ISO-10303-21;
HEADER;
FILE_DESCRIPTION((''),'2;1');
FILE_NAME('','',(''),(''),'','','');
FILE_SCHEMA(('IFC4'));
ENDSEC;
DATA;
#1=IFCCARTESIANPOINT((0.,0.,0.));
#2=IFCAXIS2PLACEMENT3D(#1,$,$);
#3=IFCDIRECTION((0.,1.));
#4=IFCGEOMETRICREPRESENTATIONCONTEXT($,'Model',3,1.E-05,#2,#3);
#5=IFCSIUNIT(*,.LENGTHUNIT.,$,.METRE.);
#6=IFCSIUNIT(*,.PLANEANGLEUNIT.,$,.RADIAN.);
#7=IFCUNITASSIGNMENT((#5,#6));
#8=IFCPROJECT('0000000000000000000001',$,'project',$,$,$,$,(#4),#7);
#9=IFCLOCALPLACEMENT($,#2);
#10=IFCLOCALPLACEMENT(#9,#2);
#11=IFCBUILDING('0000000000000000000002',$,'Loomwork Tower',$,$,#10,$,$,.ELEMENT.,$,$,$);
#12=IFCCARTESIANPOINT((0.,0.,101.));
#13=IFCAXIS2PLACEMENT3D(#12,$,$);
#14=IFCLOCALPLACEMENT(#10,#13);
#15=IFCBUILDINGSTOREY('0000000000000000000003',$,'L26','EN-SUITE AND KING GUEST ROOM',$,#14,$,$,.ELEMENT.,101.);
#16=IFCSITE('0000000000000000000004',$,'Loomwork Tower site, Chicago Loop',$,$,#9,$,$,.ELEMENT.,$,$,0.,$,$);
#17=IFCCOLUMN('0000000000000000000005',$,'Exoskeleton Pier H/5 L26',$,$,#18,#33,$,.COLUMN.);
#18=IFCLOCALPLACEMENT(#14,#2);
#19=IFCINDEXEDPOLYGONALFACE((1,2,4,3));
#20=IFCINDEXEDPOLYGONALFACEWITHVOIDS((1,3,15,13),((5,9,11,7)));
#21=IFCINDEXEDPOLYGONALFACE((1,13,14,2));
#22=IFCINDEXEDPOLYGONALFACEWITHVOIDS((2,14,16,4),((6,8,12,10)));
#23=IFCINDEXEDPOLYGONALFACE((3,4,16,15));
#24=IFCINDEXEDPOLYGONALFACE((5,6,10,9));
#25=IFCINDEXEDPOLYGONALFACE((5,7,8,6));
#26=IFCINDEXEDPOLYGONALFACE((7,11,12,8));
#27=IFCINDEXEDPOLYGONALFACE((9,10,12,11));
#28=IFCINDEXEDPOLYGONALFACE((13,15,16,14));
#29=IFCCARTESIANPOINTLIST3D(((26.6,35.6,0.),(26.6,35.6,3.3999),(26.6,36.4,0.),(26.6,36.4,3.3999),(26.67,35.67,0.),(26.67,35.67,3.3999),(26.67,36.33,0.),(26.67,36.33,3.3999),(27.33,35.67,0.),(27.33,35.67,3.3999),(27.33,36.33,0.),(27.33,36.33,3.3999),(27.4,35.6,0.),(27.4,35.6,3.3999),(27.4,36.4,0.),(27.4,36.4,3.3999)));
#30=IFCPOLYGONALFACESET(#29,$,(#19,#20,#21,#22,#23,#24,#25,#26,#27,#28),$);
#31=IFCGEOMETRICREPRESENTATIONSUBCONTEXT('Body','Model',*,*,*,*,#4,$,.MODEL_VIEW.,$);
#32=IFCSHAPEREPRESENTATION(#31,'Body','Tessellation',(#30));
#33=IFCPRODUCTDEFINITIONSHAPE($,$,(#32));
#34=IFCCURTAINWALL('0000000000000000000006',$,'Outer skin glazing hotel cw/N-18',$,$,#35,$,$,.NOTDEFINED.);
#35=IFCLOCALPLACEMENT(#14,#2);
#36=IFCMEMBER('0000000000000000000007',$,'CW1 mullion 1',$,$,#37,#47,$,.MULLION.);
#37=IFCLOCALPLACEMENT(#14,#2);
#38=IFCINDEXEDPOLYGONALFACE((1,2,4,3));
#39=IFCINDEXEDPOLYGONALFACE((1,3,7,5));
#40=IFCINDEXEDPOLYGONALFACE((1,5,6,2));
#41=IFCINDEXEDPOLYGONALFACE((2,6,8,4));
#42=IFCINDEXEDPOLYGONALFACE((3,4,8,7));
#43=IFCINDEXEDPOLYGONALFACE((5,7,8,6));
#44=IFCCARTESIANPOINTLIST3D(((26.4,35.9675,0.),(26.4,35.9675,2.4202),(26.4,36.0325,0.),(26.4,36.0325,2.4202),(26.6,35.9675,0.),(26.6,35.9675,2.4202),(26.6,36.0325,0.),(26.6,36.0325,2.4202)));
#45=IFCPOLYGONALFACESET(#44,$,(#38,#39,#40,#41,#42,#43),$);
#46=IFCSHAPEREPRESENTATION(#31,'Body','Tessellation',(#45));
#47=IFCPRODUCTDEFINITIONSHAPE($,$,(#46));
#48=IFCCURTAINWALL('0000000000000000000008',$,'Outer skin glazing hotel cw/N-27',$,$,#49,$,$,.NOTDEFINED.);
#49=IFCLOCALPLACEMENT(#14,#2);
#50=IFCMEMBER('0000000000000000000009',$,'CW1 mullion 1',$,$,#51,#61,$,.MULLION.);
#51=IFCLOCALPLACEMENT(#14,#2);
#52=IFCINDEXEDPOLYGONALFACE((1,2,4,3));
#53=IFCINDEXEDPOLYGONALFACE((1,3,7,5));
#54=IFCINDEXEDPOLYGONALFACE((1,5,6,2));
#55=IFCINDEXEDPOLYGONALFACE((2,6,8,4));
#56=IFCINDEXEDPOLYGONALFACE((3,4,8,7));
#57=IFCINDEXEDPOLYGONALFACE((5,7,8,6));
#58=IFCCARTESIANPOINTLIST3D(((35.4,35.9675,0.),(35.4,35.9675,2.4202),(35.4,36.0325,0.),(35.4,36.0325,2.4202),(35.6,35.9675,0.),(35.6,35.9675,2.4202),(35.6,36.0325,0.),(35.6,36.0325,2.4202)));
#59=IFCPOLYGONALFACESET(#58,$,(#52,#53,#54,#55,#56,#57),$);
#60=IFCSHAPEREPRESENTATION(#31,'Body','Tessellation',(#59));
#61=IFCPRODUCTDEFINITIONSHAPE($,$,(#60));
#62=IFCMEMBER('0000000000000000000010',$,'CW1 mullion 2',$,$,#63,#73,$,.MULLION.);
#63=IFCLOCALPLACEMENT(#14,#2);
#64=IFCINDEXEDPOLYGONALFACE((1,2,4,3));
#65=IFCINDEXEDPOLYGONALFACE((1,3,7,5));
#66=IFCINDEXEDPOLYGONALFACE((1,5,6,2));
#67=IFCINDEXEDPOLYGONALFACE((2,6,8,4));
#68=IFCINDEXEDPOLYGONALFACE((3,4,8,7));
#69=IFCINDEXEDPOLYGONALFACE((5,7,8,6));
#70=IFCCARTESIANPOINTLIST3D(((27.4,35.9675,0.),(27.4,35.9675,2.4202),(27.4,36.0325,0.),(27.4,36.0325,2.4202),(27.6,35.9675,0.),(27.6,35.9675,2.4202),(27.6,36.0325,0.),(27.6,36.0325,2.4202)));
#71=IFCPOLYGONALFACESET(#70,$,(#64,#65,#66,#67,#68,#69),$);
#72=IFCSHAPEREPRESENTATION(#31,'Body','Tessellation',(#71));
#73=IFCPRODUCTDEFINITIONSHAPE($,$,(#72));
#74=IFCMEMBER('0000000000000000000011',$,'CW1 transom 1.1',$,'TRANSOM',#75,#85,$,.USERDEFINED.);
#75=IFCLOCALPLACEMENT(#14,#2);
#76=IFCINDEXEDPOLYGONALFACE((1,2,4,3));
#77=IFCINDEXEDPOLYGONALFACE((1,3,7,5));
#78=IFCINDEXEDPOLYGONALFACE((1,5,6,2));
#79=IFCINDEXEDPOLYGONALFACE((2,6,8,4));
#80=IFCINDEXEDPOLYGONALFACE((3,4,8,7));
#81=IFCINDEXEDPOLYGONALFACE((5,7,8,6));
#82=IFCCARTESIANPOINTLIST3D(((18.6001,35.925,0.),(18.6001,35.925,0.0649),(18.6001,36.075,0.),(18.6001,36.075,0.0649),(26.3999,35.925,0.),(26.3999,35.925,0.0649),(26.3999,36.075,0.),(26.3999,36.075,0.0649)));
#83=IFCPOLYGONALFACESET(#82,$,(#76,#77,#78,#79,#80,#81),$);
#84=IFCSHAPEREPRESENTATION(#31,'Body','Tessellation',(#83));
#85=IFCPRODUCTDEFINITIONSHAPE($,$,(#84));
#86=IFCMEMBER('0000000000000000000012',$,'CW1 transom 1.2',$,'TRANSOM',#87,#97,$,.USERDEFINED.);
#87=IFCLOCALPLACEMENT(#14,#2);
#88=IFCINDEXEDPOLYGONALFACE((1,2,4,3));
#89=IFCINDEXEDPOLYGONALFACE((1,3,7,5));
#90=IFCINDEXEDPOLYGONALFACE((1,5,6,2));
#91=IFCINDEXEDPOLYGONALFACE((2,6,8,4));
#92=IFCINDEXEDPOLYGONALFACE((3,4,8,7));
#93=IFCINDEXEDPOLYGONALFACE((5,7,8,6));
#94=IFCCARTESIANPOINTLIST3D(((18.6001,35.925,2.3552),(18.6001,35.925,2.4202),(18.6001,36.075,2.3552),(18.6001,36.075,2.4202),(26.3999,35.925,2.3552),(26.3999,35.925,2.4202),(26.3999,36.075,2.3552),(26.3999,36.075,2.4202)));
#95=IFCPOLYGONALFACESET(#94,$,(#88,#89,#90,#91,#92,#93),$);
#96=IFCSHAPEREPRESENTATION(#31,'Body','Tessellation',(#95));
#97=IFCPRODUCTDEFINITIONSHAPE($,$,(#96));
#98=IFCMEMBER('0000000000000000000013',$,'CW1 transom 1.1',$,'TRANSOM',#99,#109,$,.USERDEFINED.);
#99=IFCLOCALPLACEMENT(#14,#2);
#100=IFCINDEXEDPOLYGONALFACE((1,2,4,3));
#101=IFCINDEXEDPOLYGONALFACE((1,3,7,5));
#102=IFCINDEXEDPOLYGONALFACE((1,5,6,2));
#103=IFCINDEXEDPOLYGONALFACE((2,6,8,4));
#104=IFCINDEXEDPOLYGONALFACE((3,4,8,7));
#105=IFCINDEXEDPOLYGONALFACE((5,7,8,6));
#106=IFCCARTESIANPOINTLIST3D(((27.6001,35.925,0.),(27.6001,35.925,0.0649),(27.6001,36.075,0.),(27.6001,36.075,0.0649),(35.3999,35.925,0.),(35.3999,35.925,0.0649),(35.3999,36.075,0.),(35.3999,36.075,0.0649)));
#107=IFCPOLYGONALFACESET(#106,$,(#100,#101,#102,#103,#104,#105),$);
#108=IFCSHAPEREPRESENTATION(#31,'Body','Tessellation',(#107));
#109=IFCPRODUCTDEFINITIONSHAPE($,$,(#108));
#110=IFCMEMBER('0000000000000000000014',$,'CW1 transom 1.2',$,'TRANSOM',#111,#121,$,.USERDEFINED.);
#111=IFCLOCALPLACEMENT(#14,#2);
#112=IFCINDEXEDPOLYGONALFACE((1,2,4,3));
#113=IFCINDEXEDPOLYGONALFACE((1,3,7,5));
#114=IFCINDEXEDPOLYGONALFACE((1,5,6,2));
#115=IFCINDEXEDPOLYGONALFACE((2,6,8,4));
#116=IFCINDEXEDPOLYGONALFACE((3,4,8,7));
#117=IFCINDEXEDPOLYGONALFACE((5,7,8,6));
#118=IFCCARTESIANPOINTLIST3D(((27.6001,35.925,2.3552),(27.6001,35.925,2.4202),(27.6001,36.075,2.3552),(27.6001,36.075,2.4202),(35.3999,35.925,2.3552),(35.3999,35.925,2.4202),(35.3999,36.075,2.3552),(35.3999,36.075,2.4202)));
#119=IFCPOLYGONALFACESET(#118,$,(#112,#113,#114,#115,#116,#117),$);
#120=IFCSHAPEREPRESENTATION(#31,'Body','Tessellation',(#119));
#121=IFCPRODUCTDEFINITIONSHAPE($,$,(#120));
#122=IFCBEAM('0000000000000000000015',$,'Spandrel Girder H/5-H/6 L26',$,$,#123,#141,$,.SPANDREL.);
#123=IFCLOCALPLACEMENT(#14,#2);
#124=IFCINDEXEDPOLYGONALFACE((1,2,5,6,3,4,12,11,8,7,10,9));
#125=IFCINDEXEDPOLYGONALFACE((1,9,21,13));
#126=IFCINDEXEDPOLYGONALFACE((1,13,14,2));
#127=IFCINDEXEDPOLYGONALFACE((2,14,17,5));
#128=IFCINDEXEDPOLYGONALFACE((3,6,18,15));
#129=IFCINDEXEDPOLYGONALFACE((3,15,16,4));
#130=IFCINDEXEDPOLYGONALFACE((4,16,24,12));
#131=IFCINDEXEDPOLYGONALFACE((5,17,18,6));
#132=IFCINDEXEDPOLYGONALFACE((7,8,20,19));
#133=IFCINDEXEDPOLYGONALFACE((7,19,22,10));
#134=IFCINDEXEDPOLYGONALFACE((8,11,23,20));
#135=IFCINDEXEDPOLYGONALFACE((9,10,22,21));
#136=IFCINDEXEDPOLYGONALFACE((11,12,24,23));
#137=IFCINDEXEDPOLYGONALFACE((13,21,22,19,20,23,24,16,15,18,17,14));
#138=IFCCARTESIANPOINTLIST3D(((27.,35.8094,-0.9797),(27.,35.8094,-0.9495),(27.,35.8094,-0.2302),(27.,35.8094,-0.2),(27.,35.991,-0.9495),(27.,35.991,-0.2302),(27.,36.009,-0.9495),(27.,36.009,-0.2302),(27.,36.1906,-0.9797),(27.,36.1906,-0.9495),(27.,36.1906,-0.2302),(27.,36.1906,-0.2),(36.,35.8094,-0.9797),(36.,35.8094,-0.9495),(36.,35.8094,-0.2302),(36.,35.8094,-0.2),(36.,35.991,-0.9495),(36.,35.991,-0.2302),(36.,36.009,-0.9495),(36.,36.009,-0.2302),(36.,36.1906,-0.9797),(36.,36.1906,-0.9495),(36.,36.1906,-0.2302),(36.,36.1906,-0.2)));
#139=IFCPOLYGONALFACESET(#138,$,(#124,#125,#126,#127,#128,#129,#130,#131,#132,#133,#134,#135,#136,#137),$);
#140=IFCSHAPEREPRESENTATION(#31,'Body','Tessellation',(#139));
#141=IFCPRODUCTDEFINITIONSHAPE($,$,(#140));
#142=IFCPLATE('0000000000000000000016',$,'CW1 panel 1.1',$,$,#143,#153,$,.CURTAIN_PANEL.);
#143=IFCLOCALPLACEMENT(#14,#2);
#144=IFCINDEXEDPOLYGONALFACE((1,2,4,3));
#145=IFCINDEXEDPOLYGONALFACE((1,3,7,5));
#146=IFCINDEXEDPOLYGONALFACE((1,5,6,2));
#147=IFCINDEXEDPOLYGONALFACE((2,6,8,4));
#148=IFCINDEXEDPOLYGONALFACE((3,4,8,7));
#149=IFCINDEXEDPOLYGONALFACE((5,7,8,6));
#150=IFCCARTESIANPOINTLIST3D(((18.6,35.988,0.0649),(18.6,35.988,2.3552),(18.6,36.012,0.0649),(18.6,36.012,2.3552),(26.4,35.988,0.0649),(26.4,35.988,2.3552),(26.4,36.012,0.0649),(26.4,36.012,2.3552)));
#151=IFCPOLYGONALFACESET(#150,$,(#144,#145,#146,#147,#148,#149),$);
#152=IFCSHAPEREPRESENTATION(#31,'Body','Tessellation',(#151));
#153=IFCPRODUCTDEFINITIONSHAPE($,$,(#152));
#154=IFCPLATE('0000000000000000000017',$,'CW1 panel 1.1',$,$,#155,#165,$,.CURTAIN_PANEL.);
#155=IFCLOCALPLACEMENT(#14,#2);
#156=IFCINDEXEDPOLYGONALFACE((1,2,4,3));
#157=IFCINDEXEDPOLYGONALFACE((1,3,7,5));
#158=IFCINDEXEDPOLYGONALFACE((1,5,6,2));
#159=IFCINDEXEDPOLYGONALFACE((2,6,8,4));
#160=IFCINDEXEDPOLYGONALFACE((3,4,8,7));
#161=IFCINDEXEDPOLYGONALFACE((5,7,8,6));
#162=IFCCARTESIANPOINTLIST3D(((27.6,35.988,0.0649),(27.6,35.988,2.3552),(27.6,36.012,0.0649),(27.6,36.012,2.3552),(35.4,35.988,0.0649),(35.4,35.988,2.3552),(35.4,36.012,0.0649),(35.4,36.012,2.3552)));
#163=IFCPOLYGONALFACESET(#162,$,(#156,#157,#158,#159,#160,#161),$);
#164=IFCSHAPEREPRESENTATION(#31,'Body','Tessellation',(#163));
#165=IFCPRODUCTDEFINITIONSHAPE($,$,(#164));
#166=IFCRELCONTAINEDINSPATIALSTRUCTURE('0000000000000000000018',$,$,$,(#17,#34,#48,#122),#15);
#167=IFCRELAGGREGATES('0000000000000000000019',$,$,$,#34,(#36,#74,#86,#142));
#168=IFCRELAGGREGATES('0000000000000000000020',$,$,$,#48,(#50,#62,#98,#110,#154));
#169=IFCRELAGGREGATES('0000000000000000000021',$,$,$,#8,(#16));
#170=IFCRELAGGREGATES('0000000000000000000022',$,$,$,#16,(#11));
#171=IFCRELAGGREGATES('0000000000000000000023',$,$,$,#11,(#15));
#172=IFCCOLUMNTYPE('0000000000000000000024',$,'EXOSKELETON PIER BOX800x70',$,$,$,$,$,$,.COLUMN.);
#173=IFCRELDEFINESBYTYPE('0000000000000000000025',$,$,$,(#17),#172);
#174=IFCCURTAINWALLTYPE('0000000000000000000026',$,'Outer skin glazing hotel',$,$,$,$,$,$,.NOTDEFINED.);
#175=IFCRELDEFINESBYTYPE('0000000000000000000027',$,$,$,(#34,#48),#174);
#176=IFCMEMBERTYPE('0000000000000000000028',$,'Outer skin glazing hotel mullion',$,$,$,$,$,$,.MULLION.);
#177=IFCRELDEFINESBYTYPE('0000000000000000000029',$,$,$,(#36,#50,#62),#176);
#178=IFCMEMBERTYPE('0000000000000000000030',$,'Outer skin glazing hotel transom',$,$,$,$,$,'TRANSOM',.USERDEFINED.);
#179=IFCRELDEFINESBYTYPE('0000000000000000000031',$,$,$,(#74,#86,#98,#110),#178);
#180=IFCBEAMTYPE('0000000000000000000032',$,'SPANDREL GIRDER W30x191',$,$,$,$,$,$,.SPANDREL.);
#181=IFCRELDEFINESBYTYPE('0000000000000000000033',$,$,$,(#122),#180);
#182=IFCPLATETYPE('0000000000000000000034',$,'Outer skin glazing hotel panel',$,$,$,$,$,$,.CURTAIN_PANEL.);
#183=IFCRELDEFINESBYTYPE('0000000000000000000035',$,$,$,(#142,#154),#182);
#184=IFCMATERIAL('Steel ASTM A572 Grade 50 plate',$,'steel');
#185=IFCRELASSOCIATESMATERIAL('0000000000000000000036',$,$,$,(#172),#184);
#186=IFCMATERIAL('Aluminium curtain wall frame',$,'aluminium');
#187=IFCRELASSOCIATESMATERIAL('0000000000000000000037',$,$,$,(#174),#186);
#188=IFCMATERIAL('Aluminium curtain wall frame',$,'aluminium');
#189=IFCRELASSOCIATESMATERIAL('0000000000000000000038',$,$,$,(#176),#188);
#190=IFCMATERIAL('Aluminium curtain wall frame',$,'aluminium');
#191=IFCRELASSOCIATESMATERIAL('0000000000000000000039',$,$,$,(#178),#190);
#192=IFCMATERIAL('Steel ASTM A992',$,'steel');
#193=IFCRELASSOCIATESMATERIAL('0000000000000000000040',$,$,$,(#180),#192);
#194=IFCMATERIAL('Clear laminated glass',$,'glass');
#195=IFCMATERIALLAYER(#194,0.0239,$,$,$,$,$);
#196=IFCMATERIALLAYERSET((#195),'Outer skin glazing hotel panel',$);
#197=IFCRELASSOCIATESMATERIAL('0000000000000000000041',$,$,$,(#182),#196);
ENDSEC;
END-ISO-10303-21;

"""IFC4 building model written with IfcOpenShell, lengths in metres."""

from ifc_helpers import new_model, si_unit, direction, frame, origin, origin_2d, place, context, subcontext, project, spatial, rectangle, hollow_rectangle, i_section, extrude, material, layer, layer_set, material_profile, profile_set, type_object, element, aggregate, save


model = new_model("IFC4")

# Units and contexts
model_context = context("Model", 3, precision=1e-05, world=origin(), true_north=direction((0.0, 1.0)))
body_context = subcontext(model_context, "Body", "Model", "MODEL_VIEW")
ifc_project = project(units=[si_unit("LENGTHUNIT", "METRE"), si_unit("PLANEANGLEUNIT", "RADIAN")], contexts=[model_context])

# Site, building, storey
site_placement = place(None, origin())
site = spatial("IfcSite", under=ifc_project, at=site_placement, Name="Loomwork Tower site, Chicago Loop", CompositionType="ELEMENT", RefElevation=0.0)
building_placement = place(site_placement, origin())
building = spatial("IfcBuilding", under=site, at=building_placement, Name="Loomwork Tower", CompositionType="ELEMENT")
storey_placement = place(building_placement, frame((0.0, 0.0, 101.0)))
storey = spatial("IfcBuildingStorey", under=building, at=storey_placement, Name="L26", Description="EN-SUITE AND KING GUEST ROOM", CompositionType="ELEMENT", Elevation=101.0)

# Column
ifc_material_1 = material(Name="Steel ASTM A572 Grade 50 plate", Category="steel")
ifc_material_profile_1 = material_profile(ifc_material_1, hollow_rectangle(XDim=0.8, YDim=0.8, WallThickness=0.0701, at=origin_2d()), Name="BOX800x70")
ifc_profile_set_1 = profile_set([ifc_material_profile_1], Name="Steel ASTM A572 Grade 50 plate")
column_type = type_object("IfcColumnType", Name="EXOSKELETON PIER BOX800x70", PredefinedType="COLUMN", material=ifc_profile_set_1)
column_placement = place(storey_placement, frame((27.0, 36.0, 0.0), z_axis=(0.0, 0.0, 1.0), x_axis=(1.0, 0.0, 0.0)))
element("IfcColumn", 1, at=column_placement, inside=storey, type_object=column_type, Name="Exoskeleton Pier H/5 L26", PredefinedType="COLUMN", context=body_context, shape_type="SweptSolid", body=[
    extrude(hollow_rectangle(XDim=0.8, YDim=0.8, WallThickness=0.0701, at=origin_2d()), origin(), (0.0, 0.0, 1.0), 3.3999),
])

# Curtain wall, member
ifc_material_2 = material(Name="Aluminium curtain wall frame", Category="aluminium")
curtain_wall_type = type_object("IfcCurtainWallType", Name="Outer skin glazing hotel", PredefinedType="NOTDEFINED", material=ifc_material_2)
curtain_wall_1_placement = place(storey_placement, origin())
curtain_wall_1 = element("IfcCurtainWall", 2, at=curtain_wall_1_placement, inside=storey, type_object=curtain_wall_type, Name="Outer skin glazing hotel cw/N-18", PredefinedType="NOTDEFINED")
ifc_material_3 = material(Name="Aluminium curtain wall frame", Category="aluminium")
ifc_material_profile_2 = material_profile(ifc_material_3, rectangle(XDim=0.0649, YDim=0.2, at=origin_2d()), Name="AL 65x200")
ifc_profile_set_2 = profile_set([ifc_material_profile_2], Name="Aluminium curtain wall frame")
member_type_1 = type_object("IfcMemberType", Name="Outer skin glazing hotel mullion", PredefinedType="MULLION", material=ifc_profile_set_2)
member_1_placement = place(storey_placement, frame((26.5, 36.0, 0.0), z_axis=(0.0, 0.0, 1.0), x_axis=(0.0, -1.0, 0.0)))
member_1 = element("IfcMember", 3, at=member_1_placement, type_object=member_type_1, Name="CW1 mullion 1", PredefinedType="MULLION", context=body_context, shape_type="SweptSolid", body=[
    extrude(rectangle(XDim=0.0649, YDim=0.2, at=origin_2d()), origin(), (0.0, 0.0, 1.0), 2.4202),
])

# Curtain wall, members
curtain_wall_2_placement = place(storey_placement, origin())
curtain_wall_2 = element("IfcCurtainWall", 4, at=curtain_wall_2_placement, inside=storey, type_object=curtain_wall_type, Name="Outer skin glazing hotel cw/N-27", PredefinedType="NOTDEFINED")
member_2_placement = place(storey_placement, frame((35.5, 36.0, 0.0), z_axis=(0.0, 0.0, 1.0), x_axis=(0.0, -1.0, 0.0)))
member_2 = element("IfcMember", 5, at=member_2_placement, type_object=member_type_1, Name="CW1 mullion 1", PredefinedType="MULLION", context=body_context, shape_type="SweptSolid", body=[
    extrude(rectangle(XDim=0.0649, YDim=0.2, at=origin_2d()), origin(), (0.0, 0.0, 1.0), 2.4202),
])
member_3_placement = place(storey_placement, frame((27.5, 36.0, 0.0), z_axis=(0.0, 0.0, 1.0), x_axis=(0.0, -1.0, 0.0)))
member_3 = element("IfcMember", 6, at=member_3_placement, type_object=member_type_1, Name="CW1 mullion 2", PredefinedType="MULLION", context=body_context, shape_type="SweptSolid", body=[
    extrude(rectangle(XDim=0.0649, YDim=0.2, at=origin_2d()), origin(), (0.0, 0.0, 1.0), 2.4202),
])

# Members
ifc_material_4 = material(Name="Aluminium curtain wall frame", Category="aluminium")
ifc_material_profile_3 = material_profile(ifc_material_4, rectangle(XDim=0.1499, YDim=0.0649, at=origin_2d()), Name="AL 65x150")
ifc_profile_set_3 = profile_set([ifc_material_profile_3], Name="Aluminium curtain wall frame")
member_type_2 = type_object("IfcMemberType", Name="Outer skin glazing hotel transom", ElementType="TRANSOM", PredefinedType="USERDEFINED", material=ifc_profile_set_3)
member_4_placement = place(storey_placement, frame((26.3999, 36.0, 0.0325), z_axis=(-1.0, 0.0, 0.0), x_axis=(0.0, -1.0, 0.0)))
member_4 = element("IfcMember", 7, at=member_4_placement, type_object=member_type_2, Name="CW1 transom 1.1", ObjectType="TRANSOM", PredefinedType="USERDEFINED", context=body_context, shape_type="SweptSolid", body=[
    extrude(rectangle(XDim=0.1499, YDim=0.0649, at=origin_2d()), origin(), (0.0, 0.0, 1.0), 7.7998),
])
member_5_placement = place(storey_placement, frame((26.3999, 36.0, 2.3877), z_axis=(-1.0, 0.0, 0.0), x_axis=(0.0, -1.0, 0.0)))
member_5 = element("IfcMember", 8, at=member_5_placement, type_object=member_type_2, Name="CW1 transom 1.2", ObjectType="TRANSOM", PredefinedType="USERDEFINED", context=body_context, shape_type="SweptSolid", body=[
    extrude(rectangle(XDim=0.1499, YDim=0.0649, at=origin_2d()), origin(), (0.0, 0.0, 1.0), 7.7998),
])
member_6_placement = place(storey_placement, frame((35.3999, 36.0, 0.0325), z_axis=(-1.0, 0.0, 0.0), x_axis=(0.0, -1.0, 0.0)))
member_6 = element("IfcMember", 9, at=member_6_placement, type_object=member_type_2, Name="CW1 transom 1.1", ObjectType="TRANSOM", PredefinedType="USERDEFINED", context=body_context, shape_type="SweptSolid", body=[
    extrude(rectangle(XDim=0.1499, YDim=0.0649, at=origin_2d()), origin(), (0.0, 0.0, 1.0), 7.7998),
])
member_7_placement = place(storey_placement, frame((35.3999, 36.0, 2.3877), z_axis=(-1.0, 0.0, 0.0), x_axis=(0.0, -1.0, 0.0)))
member_7 = element("IfcMember", 10, at=member_7_placement, type_object=member_type_2, Name="CW1 transom 1.2", ObjectType="TRANSOM", PredefinedType="USERDEFINED", context=body_context, shape_type="SweptSolid", body=[
    extrude(rectangle(XDim=0.1499, YDim=0.0649, at=origin_2d()), origin(), (0.0, 0.0, 1.0), 7.7998),
])

# Beam
ifc_material_5 = material(Name="Steel ASTM A992", Category="steel")
ifc_material_profile_4 = material_profile(ifc_material_5, i_section(OverallWidth=0.3811, OverallDepth=0.7798, WebThickness=0.0181, FlangeThickness=0.0303, at=origin_2d()), Name="W30x191")
ifc_profile_set_4 = profile_set([ifc_material_profile_4], Name="Steel ASTM A992")
beam_type = type_object("IfcBeamType", Name="SPANDREL GIRDER W30x191", PredefinedType="SPANDREL", material=ifc_profile_set_4)
beam_placement = place(storey_placement, frame((27.0, 36.0, -0.5898), z_axis=(1.0, 0.0, 0.0), x_axis=(0.0, 1.0, 0.0)))
element("IfcBeam", 11, at=beam_placement, inside=storey, type_object=beam_type, Name="Spandrel Girder H/5-H/6 L26", PredefinedType="SPANDREL", context=body_context, shape_type="SweptSolid", body=[
    extrude(i_section(OverallWidth=0.3811, OverallDepth=0.7798, WebThickness=0.0181, FlangeThickness=0.0303, at=origin_2d()), origin(), (0.0, 0.0, 1.0), 9.0),
])

# Plates
ifc_material_6 = material(Name="Clear laminated glass", Category="glass")
ifc_layer_1 = layer(ifc_material_6, 0.0239)
ifc_layer_set_1 = layer_set([ifc_layer_1], Name="Outer skin glazing hotel panel")
plate_type = type_object("IfcPlateType", Name="Outer skin glazing hotel panel", PredefinedType="CURTAIN_PANEL", material=ifc_layer_set_1)
plate_1_placement = place(storey_placement, frame((22.5, 36.0, 0.0649), z_axis=(0.0, 0.0, 1.0), x_axis=(-1.0, 0.0, 0.0)))
plate_1 = element("IfcPlate", 12, at=plate_1_placement, type_object=plate_type, Name="CW1 panel 1.1", PredefinedType="CURTAIN_PANEL", context=body_context, shape_type="SweptSolid", body=[
    extrude(rectangle(XDim=7.8, YDim=0.0239, at=origin_2d()), origin(), (0.0, 0.0, 1.0), 2.2903),
])
aggregate(curtain_wall_1, [member_1, member_4, member_5, plate_1])
plate_2_placement = place(storey_placement, frame((31.5, 36.0, 0.0649), z_axis=(0.0, 0.0, 1.0), x_axis=(-1.0, 0.0, 0.0)))
plate_2 = element("IfcPlate", 13, at=plate_2_placement, type_object=plate_type, Name="CW1 panel 1.1", PredefinedType="CURTAIN_PANEL", context=body_context, shape_type="SweptSolid", body=[
    extrude(rectangle(XDim=7.8, YDim=0.0239, at=origin_2d()), origin(), (0.0, 0.0, 1.0), 2.2903),
])
aggregate(curtain_wall_2, [member_2, member_3, member_6, member_7, plate_2])

save(model, "model.ifc")
